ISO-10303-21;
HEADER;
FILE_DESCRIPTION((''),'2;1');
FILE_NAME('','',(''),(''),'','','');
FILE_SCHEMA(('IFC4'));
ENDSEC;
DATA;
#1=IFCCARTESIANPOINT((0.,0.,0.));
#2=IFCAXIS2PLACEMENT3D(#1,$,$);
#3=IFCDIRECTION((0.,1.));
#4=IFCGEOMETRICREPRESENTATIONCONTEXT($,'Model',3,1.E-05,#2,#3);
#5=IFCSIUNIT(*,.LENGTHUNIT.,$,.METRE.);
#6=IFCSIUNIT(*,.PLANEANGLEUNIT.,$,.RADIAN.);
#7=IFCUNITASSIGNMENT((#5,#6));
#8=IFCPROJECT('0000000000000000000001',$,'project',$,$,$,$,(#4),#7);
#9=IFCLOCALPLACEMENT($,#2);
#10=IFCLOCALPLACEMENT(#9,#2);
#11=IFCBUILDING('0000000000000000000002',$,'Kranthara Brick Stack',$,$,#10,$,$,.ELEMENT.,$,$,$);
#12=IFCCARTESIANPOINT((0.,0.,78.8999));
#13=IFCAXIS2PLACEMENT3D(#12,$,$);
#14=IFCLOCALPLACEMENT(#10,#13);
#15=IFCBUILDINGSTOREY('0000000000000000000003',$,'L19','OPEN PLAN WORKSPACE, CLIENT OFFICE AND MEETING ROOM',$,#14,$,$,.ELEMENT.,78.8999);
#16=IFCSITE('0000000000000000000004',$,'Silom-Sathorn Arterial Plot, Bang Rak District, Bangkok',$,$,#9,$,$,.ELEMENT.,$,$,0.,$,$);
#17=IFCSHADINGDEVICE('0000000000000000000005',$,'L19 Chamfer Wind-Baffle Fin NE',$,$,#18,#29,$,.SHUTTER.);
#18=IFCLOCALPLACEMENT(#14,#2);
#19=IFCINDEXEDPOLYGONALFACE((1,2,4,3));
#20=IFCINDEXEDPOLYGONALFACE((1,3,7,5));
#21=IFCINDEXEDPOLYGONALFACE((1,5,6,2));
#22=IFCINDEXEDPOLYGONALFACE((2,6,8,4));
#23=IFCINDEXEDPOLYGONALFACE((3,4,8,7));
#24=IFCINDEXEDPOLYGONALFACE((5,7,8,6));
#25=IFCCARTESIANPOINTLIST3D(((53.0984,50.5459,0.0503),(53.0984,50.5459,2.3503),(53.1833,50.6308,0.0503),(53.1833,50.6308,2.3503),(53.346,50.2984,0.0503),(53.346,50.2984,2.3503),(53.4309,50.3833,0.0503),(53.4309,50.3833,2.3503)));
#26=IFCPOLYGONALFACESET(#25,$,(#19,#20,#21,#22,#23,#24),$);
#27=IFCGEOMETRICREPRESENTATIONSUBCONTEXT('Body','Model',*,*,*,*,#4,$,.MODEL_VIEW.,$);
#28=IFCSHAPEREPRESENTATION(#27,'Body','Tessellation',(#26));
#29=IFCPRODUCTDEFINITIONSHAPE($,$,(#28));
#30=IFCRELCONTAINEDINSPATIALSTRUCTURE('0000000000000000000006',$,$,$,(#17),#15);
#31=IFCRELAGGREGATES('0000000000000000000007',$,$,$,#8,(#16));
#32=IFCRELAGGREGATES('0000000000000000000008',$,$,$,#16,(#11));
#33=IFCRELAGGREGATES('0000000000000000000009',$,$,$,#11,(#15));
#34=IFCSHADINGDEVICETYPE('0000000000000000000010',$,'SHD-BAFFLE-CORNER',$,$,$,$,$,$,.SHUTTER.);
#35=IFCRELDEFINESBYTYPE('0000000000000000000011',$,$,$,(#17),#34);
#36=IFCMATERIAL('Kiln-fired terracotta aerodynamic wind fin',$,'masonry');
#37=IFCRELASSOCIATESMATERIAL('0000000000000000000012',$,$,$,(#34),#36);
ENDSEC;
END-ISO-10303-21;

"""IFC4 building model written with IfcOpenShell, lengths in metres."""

from ifc_helpers import new_model, si_unit, direction, frame, origin, origin_2d, place, context, subcontext, project, spatial, rectangle, extrude, material, type_object, element, save


model = new_model("IFC4")

# Units and contexts
model_context = context("Model", 3, precision=1e-05, world=origin(), true_north=direction((0.0, 1.0)))
body_context = subcontext(model_context, "Body", "Model", "MODEL_VIEW")
ifc_project = project(units=[si_unit("LENGTHUNIT", "METRE"), si_unit("PLANEANGLEUNIT", "RADIAN")], contexts=[model_context])

# Site, building, storey
site_placement = place(None, origin())
site = spatial("IfcSite", under=ifc_project, at=site_placement, Name="Silom-Sathorn Arterial Plot, Bang Rak District, Bangkok", CompositionType="ELEMENT", RefElevation=0.0)
building_placement = place(site_placement, origin())
building = spatial("IfcBuilding", under=site, at=building_placement, Name="Kranthara Brick Stack", CompositionType="ELEMENT")
storey_placement = place(building_placement, frame((0.0, 0.0, 78.8999)))
storey = spatial("IfcBuildingStorey", under=building, at=storey_placement, Name="L19", Description="OPEN PLAN WORKSPACE, CLIENT OFFICE AND MEETING ROOM", CompositionType="ELEMENT", Elevation=78.8999)

# Shading device
ifc_material_1 = material(Name="Kiln-fired terracotta aerodynamic wind fin", Category="masonry")
shading_device_type = type_object("IfcShadingDeviceType", Name="SHD-BAFFLE-CORNER", PredefinedType="SHUTTER", material=ifc_material_1)
shading_device_placement = place(storey_placement, frame((53.2646, 50.4646, 0.0503), z_axis=(0.0, 0.0, 1.0), x_axis=(0.707107, -0.707107, 0.0)))
element("IfcShadingDevice", 1, at=shading_device_placement, inside=storey, type_object=shading_device_type, Name="L19 Chamfer Wind-Baffle Fin NE", PredefinedType="SHUTTER", context=body_context, shape_type="SweptSolid", body=[
    extrude(rectangle(XDim=0.3501, YDim=0.1201, at=origin_2d()), origin(), (0.0, 0.0, 1.0), 2.3),
])

save(model, "model.ifc")
